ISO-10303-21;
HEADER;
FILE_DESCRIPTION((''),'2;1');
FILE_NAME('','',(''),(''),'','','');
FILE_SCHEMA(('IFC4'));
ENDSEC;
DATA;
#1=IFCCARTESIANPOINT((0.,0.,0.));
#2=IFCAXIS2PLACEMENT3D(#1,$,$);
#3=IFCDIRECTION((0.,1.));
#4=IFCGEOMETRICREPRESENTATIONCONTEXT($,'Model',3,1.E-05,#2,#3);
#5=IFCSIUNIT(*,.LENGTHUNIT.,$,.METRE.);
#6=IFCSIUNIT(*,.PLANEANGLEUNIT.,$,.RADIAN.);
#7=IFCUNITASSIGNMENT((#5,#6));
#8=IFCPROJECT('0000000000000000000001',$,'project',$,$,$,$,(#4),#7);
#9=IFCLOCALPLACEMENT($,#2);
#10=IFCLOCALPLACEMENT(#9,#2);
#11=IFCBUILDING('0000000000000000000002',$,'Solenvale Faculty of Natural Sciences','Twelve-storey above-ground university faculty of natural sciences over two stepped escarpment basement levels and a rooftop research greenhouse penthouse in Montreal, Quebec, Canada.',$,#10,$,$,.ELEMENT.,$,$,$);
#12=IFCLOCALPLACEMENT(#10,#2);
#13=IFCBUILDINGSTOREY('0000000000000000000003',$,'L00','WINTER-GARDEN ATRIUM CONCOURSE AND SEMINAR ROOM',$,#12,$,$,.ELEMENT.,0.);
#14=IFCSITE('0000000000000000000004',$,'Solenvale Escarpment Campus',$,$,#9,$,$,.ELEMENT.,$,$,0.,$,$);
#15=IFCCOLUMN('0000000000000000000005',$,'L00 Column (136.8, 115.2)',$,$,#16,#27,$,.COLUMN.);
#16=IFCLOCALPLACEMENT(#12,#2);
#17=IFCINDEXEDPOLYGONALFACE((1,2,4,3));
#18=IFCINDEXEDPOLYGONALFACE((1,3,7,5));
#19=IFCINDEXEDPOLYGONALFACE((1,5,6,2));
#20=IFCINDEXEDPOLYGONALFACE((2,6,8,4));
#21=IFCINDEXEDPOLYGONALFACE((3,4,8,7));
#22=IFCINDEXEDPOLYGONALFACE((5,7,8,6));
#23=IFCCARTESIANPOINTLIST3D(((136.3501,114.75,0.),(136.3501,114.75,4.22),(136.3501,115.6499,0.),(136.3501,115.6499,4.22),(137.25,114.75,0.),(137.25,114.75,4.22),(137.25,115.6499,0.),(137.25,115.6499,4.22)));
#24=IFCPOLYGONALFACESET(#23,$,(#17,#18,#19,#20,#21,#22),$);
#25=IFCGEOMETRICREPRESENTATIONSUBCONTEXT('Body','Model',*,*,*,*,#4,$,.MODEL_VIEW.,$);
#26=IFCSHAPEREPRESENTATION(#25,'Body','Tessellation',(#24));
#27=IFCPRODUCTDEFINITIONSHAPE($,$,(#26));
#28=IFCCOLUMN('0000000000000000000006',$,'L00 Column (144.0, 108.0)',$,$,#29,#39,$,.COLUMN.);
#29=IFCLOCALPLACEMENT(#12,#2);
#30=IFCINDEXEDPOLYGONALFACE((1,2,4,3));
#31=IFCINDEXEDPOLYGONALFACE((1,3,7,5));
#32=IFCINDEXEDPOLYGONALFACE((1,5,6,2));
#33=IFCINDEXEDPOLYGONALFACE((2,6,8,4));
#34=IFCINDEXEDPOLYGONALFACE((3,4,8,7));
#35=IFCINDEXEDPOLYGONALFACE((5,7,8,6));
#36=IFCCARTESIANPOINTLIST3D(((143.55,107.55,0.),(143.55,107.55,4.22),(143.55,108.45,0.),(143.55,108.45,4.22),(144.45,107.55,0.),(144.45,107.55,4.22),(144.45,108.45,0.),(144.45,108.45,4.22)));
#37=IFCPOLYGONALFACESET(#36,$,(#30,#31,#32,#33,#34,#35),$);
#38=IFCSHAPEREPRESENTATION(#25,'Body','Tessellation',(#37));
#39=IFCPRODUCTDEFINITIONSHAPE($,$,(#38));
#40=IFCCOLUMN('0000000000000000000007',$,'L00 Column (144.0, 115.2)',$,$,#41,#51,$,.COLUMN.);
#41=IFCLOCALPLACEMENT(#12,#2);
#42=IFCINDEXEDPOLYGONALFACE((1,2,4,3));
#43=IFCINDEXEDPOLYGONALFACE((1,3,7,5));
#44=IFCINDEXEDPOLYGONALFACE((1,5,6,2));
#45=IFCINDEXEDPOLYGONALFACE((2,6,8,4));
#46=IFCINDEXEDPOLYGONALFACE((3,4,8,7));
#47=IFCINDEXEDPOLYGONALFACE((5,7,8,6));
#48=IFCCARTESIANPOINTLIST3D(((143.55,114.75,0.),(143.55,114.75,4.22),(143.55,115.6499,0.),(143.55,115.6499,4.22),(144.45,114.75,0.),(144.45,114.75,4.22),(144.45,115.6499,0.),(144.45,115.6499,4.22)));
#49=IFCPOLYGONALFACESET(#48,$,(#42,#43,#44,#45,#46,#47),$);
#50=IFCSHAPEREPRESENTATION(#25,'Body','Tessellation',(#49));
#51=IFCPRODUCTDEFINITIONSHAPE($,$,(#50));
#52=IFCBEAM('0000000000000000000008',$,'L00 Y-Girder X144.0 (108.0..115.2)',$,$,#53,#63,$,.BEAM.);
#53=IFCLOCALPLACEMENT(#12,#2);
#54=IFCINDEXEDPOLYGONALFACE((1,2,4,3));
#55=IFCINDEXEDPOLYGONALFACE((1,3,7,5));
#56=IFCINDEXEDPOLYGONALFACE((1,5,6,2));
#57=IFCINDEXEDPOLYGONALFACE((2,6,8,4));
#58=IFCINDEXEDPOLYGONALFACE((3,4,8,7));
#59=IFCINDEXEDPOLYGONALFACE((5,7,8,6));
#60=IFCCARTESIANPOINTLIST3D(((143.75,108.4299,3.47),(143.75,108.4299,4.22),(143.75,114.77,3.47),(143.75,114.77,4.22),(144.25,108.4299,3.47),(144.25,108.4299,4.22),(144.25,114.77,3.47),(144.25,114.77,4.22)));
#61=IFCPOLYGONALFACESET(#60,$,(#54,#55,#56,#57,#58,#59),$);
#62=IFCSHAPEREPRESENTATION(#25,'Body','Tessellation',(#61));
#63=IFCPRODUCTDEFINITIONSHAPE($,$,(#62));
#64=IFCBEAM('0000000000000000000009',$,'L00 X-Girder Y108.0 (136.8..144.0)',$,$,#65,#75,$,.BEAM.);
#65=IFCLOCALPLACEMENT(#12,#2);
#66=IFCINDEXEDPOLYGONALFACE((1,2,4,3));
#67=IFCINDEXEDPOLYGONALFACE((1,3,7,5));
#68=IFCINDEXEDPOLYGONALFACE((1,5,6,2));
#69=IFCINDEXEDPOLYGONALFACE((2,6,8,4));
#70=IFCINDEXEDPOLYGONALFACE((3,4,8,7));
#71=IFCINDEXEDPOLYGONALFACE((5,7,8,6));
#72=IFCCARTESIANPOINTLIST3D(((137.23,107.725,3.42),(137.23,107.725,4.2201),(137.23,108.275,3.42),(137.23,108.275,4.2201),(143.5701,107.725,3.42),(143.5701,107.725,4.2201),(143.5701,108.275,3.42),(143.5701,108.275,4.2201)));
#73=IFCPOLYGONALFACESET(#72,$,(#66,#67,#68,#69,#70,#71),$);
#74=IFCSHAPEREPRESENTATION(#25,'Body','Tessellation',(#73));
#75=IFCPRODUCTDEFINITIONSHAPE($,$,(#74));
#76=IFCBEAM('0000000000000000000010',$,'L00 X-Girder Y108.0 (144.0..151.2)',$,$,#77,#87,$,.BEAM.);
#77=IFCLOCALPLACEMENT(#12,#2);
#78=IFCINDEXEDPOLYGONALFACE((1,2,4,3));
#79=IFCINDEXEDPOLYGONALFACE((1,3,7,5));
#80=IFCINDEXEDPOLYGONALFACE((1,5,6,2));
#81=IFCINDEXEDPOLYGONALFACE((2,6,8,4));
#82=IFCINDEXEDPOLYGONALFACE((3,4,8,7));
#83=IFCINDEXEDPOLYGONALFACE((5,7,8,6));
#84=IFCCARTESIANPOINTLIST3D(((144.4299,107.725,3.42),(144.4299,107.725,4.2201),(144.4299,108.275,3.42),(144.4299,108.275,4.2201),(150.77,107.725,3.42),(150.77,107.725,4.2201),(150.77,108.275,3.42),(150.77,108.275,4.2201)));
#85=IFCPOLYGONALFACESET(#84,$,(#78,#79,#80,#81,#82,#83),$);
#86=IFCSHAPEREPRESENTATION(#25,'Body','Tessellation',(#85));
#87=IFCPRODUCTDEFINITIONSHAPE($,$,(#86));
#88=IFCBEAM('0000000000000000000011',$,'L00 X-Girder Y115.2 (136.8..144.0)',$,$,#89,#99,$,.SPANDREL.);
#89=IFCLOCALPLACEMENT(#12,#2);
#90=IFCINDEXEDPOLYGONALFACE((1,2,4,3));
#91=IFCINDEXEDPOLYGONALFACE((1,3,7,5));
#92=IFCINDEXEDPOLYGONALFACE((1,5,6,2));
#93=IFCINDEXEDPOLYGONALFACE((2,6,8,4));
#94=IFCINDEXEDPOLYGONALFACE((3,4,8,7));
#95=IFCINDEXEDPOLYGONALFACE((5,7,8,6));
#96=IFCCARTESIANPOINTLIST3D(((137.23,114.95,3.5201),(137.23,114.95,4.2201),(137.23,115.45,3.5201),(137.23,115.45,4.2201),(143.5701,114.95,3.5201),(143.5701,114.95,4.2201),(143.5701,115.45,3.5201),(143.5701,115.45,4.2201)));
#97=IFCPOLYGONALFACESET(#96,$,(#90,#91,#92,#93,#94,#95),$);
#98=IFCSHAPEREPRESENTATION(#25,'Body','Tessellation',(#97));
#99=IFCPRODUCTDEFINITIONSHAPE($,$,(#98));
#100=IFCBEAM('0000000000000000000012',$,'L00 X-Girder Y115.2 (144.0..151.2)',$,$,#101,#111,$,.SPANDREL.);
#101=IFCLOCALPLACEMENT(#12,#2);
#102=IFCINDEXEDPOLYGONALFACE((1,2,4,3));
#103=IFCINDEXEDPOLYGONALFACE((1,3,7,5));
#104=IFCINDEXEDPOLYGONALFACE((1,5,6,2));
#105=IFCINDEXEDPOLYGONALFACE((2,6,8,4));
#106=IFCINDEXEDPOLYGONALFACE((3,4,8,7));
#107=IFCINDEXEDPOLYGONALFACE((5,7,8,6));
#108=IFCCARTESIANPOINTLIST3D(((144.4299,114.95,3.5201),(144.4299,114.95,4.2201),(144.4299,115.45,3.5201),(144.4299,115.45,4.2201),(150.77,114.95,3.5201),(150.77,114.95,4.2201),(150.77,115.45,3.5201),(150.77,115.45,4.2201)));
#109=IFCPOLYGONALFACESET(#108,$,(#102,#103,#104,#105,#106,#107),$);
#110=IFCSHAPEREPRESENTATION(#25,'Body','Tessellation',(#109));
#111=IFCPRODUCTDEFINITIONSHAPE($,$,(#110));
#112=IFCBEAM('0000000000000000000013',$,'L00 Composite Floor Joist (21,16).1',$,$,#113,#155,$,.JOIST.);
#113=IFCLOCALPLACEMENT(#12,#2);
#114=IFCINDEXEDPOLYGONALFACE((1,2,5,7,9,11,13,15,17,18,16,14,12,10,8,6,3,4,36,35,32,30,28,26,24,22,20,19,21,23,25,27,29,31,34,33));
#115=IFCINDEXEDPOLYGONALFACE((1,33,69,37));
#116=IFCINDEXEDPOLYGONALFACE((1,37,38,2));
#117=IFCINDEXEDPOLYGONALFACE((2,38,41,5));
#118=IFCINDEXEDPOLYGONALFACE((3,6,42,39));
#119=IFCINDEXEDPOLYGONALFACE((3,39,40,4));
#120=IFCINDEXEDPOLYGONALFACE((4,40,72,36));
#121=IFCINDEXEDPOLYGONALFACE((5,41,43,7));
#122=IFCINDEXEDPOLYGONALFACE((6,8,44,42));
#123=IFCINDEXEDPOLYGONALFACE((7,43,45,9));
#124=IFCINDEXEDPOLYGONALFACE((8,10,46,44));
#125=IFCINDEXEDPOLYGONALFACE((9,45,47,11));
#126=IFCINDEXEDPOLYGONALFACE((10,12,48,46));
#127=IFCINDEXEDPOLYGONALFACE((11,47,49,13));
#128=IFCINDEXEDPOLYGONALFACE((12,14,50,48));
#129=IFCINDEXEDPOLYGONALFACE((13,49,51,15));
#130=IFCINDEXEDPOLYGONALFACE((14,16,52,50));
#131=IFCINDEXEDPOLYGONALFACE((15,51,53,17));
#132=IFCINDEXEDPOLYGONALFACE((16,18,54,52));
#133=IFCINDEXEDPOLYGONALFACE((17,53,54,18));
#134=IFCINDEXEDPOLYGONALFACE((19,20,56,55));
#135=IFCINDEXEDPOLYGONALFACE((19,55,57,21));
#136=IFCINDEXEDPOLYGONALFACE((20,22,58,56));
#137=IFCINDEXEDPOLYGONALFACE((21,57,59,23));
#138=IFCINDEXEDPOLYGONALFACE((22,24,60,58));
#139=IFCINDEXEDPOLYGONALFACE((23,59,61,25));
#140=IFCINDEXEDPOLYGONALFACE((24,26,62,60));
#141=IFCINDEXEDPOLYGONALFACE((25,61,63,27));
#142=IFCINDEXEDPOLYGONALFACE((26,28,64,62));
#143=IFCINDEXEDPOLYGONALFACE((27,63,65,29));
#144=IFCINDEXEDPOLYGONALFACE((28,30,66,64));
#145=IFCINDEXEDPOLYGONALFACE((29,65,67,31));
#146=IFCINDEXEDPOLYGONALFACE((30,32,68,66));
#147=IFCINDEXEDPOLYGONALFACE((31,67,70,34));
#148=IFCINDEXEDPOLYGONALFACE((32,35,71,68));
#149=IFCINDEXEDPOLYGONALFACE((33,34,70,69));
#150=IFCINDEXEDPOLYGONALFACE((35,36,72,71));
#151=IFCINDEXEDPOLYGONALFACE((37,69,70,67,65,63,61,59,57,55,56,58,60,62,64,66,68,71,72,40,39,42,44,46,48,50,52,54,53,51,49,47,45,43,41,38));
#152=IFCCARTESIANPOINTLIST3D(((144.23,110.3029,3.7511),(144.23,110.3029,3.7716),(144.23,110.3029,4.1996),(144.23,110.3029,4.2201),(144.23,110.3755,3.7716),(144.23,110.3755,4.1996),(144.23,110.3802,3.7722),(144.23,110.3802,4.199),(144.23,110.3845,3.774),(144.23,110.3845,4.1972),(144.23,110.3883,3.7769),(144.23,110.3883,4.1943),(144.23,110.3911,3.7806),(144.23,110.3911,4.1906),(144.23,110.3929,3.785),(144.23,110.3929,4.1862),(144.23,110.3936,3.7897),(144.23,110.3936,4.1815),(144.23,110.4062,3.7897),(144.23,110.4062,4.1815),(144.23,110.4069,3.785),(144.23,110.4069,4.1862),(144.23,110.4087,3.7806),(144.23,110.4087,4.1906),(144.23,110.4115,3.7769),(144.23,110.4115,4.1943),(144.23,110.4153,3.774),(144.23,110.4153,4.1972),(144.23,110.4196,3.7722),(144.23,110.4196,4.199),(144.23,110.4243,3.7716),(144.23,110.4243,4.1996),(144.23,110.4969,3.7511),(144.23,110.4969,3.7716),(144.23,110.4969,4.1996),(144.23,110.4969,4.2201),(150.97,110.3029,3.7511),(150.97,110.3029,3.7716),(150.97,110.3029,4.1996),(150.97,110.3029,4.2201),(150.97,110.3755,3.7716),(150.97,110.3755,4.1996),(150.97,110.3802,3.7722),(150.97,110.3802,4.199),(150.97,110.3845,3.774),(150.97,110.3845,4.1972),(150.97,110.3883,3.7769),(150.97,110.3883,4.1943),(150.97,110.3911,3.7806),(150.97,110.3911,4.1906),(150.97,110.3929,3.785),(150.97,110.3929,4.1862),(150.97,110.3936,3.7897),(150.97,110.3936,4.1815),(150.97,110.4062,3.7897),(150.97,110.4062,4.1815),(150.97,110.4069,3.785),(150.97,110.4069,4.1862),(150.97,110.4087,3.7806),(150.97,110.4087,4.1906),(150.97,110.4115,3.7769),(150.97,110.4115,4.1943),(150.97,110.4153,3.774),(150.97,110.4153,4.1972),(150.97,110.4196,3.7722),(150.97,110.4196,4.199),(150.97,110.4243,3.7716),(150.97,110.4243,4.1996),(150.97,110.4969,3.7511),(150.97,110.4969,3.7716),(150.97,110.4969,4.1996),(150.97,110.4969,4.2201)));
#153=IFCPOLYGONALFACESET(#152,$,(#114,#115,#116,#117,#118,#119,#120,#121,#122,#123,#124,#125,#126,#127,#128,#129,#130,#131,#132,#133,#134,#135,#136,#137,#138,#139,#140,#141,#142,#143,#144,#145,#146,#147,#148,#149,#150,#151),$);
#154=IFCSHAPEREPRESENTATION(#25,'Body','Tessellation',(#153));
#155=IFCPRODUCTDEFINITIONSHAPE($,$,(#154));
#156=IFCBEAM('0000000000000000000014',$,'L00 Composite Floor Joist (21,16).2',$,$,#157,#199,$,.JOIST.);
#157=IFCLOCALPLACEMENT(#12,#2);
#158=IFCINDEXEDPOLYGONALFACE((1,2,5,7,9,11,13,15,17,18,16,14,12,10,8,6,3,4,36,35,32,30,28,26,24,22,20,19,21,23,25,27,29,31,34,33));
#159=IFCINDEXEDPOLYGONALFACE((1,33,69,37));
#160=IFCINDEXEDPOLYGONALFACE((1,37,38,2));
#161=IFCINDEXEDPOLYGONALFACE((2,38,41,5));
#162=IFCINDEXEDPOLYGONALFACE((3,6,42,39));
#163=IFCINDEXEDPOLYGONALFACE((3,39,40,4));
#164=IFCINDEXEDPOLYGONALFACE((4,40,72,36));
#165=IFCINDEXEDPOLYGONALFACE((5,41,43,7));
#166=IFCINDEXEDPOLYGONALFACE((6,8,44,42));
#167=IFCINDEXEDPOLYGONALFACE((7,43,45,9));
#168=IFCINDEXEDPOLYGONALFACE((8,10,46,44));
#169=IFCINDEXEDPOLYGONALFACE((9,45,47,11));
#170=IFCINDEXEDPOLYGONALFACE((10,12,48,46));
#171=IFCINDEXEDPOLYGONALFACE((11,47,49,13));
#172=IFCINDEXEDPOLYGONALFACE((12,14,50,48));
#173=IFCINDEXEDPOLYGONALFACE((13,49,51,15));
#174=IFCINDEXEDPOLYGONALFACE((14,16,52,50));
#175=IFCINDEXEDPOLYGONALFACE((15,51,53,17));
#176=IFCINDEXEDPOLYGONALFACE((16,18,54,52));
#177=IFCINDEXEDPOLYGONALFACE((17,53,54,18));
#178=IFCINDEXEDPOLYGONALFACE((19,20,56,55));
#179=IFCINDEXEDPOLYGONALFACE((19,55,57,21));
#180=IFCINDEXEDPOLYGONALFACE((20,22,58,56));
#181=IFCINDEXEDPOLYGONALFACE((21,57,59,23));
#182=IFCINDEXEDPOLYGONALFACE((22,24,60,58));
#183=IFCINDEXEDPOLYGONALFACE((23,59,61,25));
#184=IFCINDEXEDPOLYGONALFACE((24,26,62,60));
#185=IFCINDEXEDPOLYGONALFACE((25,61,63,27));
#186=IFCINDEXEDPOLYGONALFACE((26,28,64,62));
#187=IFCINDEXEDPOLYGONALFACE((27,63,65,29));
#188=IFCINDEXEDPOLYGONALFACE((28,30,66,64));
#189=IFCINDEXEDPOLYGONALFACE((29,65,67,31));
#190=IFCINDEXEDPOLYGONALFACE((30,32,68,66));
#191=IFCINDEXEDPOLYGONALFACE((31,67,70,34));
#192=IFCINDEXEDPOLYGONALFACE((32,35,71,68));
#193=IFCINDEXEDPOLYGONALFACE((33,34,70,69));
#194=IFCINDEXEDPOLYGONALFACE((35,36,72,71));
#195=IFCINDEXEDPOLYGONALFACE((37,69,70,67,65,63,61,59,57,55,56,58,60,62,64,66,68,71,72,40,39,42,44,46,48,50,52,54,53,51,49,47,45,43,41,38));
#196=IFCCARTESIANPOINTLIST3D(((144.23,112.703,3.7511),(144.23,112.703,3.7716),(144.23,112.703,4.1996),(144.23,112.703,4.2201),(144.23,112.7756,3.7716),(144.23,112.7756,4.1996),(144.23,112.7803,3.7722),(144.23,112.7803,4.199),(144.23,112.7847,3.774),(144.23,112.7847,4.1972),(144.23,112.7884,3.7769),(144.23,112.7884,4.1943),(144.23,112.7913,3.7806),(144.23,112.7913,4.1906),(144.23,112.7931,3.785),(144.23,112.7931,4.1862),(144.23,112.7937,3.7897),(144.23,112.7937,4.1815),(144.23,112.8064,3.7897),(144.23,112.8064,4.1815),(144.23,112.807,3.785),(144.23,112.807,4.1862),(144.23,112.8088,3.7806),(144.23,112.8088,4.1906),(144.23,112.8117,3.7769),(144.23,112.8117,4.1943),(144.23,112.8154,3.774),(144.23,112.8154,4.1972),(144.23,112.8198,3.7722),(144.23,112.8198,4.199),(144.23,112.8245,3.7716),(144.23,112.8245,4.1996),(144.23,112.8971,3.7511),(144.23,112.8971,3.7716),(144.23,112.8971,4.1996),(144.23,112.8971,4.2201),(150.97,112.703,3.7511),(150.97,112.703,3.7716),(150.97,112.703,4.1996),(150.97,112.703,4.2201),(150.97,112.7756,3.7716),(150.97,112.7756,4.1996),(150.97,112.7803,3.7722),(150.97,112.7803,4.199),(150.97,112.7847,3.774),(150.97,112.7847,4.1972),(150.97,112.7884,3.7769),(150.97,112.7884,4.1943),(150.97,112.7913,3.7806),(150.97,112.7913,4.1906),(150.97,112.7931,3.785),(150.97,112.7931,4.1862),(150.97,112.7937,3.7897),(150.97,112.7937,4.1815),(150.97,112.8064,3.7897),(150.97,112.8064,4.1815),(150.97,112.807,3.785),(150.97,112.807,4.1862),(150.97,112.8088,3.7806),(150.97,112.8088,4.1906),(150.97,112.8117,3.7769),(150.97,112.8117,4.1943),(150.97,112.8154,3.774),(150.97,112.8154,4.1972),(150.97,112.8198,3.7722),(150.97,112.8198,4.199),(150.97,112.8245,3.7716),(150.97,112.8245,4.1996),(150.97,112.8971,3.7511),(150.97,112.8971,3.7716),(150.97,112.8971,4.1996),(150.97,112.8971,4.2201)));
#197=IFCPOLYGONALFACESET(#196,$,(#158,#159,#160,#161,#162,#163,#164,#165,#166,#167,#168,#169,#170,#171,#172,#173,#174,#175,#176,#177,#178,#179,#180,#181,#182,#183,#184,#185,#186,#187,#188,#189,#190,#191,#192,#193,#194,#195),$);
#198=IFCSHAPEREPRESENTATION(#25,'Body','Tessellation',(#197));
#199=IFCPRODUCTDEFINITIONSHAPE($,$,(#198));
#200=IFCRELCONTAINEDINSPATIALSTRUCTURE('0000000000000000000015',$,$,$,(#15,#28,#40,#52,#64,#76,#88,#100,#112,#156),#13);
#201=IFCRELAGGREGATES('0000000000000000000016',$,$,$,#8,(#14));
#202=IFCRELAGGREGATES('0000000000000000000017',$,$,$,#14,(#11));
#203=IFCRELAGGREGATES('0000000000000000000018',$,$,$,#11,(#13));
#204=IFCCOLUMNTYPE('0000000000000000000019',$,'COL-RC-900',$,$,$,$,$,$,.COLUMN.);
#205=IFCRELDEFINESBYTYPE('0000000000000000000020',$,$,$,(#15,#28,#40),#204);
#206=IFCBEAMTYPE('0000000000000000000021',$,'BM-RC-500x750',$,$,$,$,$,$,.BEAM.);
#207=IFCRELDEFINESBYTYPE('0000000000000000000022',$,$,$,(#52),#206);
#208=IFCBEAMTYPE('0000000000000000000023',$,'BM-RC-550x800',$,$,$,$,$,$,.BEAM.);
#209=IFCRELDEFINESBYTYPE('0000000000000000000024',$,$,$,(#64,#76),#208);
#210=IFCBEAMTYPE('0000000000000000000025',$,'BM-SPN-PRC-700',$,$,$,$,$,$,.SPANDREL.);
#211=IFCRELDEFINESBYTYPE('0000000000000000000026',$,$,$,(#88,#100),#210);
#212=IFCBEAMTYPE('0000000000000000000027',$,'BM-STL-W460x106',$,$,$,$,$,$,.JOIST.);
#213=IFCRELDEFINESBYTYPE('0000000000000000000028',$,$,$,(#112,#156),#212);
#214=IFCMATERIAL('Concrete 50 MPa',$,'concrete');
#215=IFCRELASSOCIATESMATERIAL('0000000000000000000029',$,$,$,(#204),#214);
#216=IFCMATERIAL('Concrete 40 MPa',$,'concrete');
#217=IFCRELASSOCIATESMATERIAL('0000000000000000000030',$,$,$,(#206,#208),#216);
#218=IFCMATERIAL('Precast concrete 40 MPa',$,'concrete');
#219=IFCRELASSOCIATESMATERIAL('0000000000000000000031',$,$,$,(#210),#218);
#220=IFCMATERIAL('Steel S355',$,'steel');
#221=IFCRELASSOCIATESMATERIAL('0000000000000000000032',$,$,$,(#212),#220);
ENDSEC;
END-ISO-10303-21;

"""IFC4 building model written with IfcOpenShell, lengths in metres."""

from ifc_helpers import new_model, si_unit, direction, frame, origin, origin_2d, place, context, subcontext, project, spatial, rectangle, i_section, extrude, material, material_profile, profile_set, type_object, element, save


model = new_model("IFC4")

# Units and contexts
model_context = context("Model", 3, precision=1e-05, world=origin(), true_north=direction((0.0, 1.0)))
body_context = subcontext(model_context, "Body", "Model", "MODEL_VIEW")
ifc_project = project(units=[si_unit("LENGTHUNIT", "METRE"), si_unit("PLANEANGLEUNIT", "RADIAN")], contexts=[model_context])

# Site, building, storey
site_placement = place(None, origin())
site = spatial("IfcSite", under=ifc_project, at=site_placement, Name="Solenvale Escarpment Campus", CompositionType="ELEMENT", RefElevation=0.0)
building_placement = place(site_placement, origin())
building = spatial("IfcBuilding", under=site, at=building_placement, Name="Solenvale Faculty of Natural Sciences", Description="Twelve-storey above-ground university faculty of natural sciences over two stepped escarpment basement levels and a rooftop research greenhouse penthouse in Montreal, Quebec, Canada.", CompositionType="ELEMENT")
storey_placement = place(building_placement, origin())
storey = spatial("IfcBuildingStorey", under=building, at=storey_placement, Name="L00", Description="WINTER-GARDEN ATRIUM CONCOURSE AND SEMINAR ROOM", CompositionType="ELEMENT", Elevation=0.0)

# Columns
ifc_material_1 = material(Name="Concrete 50 MPa", Category="concrete")
ifc_material_profile_1 = material_profile(ifc_material_1, rectangle(XDim=0.8999, YDim=0.8999, at=origin_2d()), Name="RC-COL-900x900")
ifc_profile_set_1 = profile_set([ifc_material_profile_1], Name="Concrete 50 MPa")
column_type = type_object("IfcColumnType", Name="COL-RC-900", PredefinedType="COLUMN", material=ifc_profile_set_1)
for number, where, z_axis, x_axis, name in (
    (1, (136.8, 115.2, 0.0), (0.0, 0.0, 1.0), (1.0, 0.0, 0.0), "L00 Column (136.8, 115.2)"),
    (2, (144.0, 108.0, 0.0), (0.0, 0.0, 1.0), (1.0, 0.0, 0.0), "L00 Column (144.0, 108.0)"),
    (3, (144.0, 115.2, 0.0), (0.0, 0.0, 1.0), (1.0, 0.0, 0.0), "L00 Column (144.0, 115.2)"),
):
    element("IfcColumn", number, at=place(storey_placement, frame(where, z_axis=z_axis, x_axis=x_axis)), inside=storey, type_object=column_type, Name=name, PredefinedType="COLUMN", context=body_context, shape_type="SweptSolid", body=[
        extrude(rectangle(XDim=0.8999, YDim=0.8999, at=origin_2d()), origin(), (0.0, 0.0, 1.0), 4.22),
    ])

# Beams
ifc_material_2 = material(Name="Concrete 40 MPa", Category="concrete")
ifc_material_profile_2 = material_profile(ifc_material_2, rectangle(XDim=0.5, YDim=0.75, at=origin_2d()), Name="RC-BM-500x750")
ifc_profile_set_2 = profile_set([ifc_material_profile_2], Name="Concrete 40 MPa")
beam_type_1 = type_object("IfcBeamType", Name="BM-RC-500x750", PredefinedType="BEAM", material=ifc_profile_set_2)
beam_placement = place(storey_placement, frame((144.0, 108.4299, 3.845), z_axis=(0.0, 1.0, 0.0), x_axis=(-1.0, 0.0, 0.0)))
element("IfcBeam", 4, at=beam_placement, inside=storey, type_object=beam_type_1, Name="L00 Y-Girder X144.0 (108.0..115.2)", PredefinedType="BEAM", context=body_context, shape_type="SweptSolid", body=[
    extrude(rectangle(XDim=0.5, YDim=0.75, at=origin_2d()), origin(), (0.0, 0.0, 1.0), 6.3401),
])
ifc_material_profile_3 = material_profile(ifc_material_2, rectangle(XDim=0.55, YDim=0.8, at=origin_2d()), Name="RC-BM-550x800")
ifc_profile_set_3 = profile_set([ifc_material_profile_3], Name="Concrete 40 MPa")
beam_type_2 = type_object("IfcBeamType", Name="BM-RC-550x800", PredefinedType="BEAM", material=ifc_profile_set_3)
for number, where, z_axis, x_axis, name in (
    (5, (137.23, 108.0, 3.8201), (1.0, 0.0, 0.0), (0.0, 1.0, 0.0), "L00 X-Girder Y108.0 (136.8..144.0)"),
    (6, (144.4299, 108.0, 3.8201), (1.0, 0.0, 0.0), (0.0, 1.0, 0.0), "L00 X-Girder Y108.0 (144.0..151.2)"),
):
    element("IfcBeam", number, at=place(storey_placement, frame(where, z_axis=z_axis, x_axis=x_axis)), inside=storey, type_object=beam_type_2, Name=name, PredefinedType="BEAM", context=body_context, shape_type="SweptSolid", body=[
        extrude(rectangle(XDim=0.55, YDim=0.8, at=origin_2d()), origin(), (0.0, 0.0, 1.0), 6.3401),
    ])
ifc_material_3 = material(Name="Precast concrete 40 MPa", Category="concrete")
ifc_material_profile_4 = material_profile(ifc_material_3, rectangle(XDim=0.5, YDim=0.7, at=origin_2d()), Name="RC-BM-500x700")
ifc_profile_set_4 = profile_set([ifc_material_profile_4], Name="Precast concrete 40 MPa")
beam_type_3 = type_object("IfcBeamType", Name="BM-SPN-PRC-700", PredefinedType="SPANDREL", material=ifc_profile_set_4)
for number, where, z_axis, x_axis, name in (
    (7, (137.23, 115.2, 3.8701), (1.0, 0.0, 0.0), (0.0, 1.0, 0.0), "L00 X-Girder Y115.2 (136.8..144.0)"),
    (8, (144.4299, 115.2, 3.8701), (1.0, 0.0, 0.0), (0.0, 1.0, 0.0), "L00 X-Girder Y115.2 (144.0..151.2)"),
):
    element("IfcBeam", number, at=place(storey_placement, frame(where, z_axis=z_axis, x_axis=x_axis)), inside=storey, type_object=beam_type_3, Name=name, PredefinedType="SPANDREL", context=body_context, shape_type="SweptSolid", body=[
        extrude(rectangle(XDim=0.5, YDim=0.7, at=origin_2d()), origin(), (0.0, 0.0, 1.0), 6.3401),
    ])
ifc_material_4 = material(Name="Steel S355", Category="steel")
ifc_material_profile_5 = material_profile(ifc_material_4, i_section(OverallWidth=0.1941, OverallDepth=0.469, WebThickness=0.0127, FlangeThickness=0.0205, FilletRadius=0.0181, at=origin_2d()), Name="W460x106")
ifc_profile_set_5 = profile_set([ifc_material_profile_5], Name="Steel S355")
beam_type_4 = type_object("IfcBeamType", Name="BM-STL-W460x106", PredefinedType="JOIST", material=ifc_profile_set_5)
for number, where, z_axis, x_axis, name in (
    (9, (144.23, 110.3999, 3.9856), (1.0, 0.0, 0.0), (0.0, 1.0, 0.0), "L00 Composite Floor Joist (21,16).1"),
    (10, (144.23, 112.8, 3.9856), (1.0, 0.0, 0.0), (0.0, 1.0, 0.0), "L00 Composite Floor Joist (21,16).2"),
):
    element("IfcBeam", number, at=place(storey_placement, frame(where, z_axis=z_axis, x_axis=x_axis)), inside=storey, type_object=beam_type_4, Name=name, PredefinedType="JOIST", context=body_context, shape_type="SweptSolid", body=[
        extrude(i_section(OverallWidth=0.1941, OverallDepth=0.469, WebThickness=0.0127, FlangeThickness=0.0205, FilletRadius=0.0181, at=origin_2d()), origin(), (0.0, 0.0, 1.0), 6.74),
    ])

save(model, "model.ifc")
